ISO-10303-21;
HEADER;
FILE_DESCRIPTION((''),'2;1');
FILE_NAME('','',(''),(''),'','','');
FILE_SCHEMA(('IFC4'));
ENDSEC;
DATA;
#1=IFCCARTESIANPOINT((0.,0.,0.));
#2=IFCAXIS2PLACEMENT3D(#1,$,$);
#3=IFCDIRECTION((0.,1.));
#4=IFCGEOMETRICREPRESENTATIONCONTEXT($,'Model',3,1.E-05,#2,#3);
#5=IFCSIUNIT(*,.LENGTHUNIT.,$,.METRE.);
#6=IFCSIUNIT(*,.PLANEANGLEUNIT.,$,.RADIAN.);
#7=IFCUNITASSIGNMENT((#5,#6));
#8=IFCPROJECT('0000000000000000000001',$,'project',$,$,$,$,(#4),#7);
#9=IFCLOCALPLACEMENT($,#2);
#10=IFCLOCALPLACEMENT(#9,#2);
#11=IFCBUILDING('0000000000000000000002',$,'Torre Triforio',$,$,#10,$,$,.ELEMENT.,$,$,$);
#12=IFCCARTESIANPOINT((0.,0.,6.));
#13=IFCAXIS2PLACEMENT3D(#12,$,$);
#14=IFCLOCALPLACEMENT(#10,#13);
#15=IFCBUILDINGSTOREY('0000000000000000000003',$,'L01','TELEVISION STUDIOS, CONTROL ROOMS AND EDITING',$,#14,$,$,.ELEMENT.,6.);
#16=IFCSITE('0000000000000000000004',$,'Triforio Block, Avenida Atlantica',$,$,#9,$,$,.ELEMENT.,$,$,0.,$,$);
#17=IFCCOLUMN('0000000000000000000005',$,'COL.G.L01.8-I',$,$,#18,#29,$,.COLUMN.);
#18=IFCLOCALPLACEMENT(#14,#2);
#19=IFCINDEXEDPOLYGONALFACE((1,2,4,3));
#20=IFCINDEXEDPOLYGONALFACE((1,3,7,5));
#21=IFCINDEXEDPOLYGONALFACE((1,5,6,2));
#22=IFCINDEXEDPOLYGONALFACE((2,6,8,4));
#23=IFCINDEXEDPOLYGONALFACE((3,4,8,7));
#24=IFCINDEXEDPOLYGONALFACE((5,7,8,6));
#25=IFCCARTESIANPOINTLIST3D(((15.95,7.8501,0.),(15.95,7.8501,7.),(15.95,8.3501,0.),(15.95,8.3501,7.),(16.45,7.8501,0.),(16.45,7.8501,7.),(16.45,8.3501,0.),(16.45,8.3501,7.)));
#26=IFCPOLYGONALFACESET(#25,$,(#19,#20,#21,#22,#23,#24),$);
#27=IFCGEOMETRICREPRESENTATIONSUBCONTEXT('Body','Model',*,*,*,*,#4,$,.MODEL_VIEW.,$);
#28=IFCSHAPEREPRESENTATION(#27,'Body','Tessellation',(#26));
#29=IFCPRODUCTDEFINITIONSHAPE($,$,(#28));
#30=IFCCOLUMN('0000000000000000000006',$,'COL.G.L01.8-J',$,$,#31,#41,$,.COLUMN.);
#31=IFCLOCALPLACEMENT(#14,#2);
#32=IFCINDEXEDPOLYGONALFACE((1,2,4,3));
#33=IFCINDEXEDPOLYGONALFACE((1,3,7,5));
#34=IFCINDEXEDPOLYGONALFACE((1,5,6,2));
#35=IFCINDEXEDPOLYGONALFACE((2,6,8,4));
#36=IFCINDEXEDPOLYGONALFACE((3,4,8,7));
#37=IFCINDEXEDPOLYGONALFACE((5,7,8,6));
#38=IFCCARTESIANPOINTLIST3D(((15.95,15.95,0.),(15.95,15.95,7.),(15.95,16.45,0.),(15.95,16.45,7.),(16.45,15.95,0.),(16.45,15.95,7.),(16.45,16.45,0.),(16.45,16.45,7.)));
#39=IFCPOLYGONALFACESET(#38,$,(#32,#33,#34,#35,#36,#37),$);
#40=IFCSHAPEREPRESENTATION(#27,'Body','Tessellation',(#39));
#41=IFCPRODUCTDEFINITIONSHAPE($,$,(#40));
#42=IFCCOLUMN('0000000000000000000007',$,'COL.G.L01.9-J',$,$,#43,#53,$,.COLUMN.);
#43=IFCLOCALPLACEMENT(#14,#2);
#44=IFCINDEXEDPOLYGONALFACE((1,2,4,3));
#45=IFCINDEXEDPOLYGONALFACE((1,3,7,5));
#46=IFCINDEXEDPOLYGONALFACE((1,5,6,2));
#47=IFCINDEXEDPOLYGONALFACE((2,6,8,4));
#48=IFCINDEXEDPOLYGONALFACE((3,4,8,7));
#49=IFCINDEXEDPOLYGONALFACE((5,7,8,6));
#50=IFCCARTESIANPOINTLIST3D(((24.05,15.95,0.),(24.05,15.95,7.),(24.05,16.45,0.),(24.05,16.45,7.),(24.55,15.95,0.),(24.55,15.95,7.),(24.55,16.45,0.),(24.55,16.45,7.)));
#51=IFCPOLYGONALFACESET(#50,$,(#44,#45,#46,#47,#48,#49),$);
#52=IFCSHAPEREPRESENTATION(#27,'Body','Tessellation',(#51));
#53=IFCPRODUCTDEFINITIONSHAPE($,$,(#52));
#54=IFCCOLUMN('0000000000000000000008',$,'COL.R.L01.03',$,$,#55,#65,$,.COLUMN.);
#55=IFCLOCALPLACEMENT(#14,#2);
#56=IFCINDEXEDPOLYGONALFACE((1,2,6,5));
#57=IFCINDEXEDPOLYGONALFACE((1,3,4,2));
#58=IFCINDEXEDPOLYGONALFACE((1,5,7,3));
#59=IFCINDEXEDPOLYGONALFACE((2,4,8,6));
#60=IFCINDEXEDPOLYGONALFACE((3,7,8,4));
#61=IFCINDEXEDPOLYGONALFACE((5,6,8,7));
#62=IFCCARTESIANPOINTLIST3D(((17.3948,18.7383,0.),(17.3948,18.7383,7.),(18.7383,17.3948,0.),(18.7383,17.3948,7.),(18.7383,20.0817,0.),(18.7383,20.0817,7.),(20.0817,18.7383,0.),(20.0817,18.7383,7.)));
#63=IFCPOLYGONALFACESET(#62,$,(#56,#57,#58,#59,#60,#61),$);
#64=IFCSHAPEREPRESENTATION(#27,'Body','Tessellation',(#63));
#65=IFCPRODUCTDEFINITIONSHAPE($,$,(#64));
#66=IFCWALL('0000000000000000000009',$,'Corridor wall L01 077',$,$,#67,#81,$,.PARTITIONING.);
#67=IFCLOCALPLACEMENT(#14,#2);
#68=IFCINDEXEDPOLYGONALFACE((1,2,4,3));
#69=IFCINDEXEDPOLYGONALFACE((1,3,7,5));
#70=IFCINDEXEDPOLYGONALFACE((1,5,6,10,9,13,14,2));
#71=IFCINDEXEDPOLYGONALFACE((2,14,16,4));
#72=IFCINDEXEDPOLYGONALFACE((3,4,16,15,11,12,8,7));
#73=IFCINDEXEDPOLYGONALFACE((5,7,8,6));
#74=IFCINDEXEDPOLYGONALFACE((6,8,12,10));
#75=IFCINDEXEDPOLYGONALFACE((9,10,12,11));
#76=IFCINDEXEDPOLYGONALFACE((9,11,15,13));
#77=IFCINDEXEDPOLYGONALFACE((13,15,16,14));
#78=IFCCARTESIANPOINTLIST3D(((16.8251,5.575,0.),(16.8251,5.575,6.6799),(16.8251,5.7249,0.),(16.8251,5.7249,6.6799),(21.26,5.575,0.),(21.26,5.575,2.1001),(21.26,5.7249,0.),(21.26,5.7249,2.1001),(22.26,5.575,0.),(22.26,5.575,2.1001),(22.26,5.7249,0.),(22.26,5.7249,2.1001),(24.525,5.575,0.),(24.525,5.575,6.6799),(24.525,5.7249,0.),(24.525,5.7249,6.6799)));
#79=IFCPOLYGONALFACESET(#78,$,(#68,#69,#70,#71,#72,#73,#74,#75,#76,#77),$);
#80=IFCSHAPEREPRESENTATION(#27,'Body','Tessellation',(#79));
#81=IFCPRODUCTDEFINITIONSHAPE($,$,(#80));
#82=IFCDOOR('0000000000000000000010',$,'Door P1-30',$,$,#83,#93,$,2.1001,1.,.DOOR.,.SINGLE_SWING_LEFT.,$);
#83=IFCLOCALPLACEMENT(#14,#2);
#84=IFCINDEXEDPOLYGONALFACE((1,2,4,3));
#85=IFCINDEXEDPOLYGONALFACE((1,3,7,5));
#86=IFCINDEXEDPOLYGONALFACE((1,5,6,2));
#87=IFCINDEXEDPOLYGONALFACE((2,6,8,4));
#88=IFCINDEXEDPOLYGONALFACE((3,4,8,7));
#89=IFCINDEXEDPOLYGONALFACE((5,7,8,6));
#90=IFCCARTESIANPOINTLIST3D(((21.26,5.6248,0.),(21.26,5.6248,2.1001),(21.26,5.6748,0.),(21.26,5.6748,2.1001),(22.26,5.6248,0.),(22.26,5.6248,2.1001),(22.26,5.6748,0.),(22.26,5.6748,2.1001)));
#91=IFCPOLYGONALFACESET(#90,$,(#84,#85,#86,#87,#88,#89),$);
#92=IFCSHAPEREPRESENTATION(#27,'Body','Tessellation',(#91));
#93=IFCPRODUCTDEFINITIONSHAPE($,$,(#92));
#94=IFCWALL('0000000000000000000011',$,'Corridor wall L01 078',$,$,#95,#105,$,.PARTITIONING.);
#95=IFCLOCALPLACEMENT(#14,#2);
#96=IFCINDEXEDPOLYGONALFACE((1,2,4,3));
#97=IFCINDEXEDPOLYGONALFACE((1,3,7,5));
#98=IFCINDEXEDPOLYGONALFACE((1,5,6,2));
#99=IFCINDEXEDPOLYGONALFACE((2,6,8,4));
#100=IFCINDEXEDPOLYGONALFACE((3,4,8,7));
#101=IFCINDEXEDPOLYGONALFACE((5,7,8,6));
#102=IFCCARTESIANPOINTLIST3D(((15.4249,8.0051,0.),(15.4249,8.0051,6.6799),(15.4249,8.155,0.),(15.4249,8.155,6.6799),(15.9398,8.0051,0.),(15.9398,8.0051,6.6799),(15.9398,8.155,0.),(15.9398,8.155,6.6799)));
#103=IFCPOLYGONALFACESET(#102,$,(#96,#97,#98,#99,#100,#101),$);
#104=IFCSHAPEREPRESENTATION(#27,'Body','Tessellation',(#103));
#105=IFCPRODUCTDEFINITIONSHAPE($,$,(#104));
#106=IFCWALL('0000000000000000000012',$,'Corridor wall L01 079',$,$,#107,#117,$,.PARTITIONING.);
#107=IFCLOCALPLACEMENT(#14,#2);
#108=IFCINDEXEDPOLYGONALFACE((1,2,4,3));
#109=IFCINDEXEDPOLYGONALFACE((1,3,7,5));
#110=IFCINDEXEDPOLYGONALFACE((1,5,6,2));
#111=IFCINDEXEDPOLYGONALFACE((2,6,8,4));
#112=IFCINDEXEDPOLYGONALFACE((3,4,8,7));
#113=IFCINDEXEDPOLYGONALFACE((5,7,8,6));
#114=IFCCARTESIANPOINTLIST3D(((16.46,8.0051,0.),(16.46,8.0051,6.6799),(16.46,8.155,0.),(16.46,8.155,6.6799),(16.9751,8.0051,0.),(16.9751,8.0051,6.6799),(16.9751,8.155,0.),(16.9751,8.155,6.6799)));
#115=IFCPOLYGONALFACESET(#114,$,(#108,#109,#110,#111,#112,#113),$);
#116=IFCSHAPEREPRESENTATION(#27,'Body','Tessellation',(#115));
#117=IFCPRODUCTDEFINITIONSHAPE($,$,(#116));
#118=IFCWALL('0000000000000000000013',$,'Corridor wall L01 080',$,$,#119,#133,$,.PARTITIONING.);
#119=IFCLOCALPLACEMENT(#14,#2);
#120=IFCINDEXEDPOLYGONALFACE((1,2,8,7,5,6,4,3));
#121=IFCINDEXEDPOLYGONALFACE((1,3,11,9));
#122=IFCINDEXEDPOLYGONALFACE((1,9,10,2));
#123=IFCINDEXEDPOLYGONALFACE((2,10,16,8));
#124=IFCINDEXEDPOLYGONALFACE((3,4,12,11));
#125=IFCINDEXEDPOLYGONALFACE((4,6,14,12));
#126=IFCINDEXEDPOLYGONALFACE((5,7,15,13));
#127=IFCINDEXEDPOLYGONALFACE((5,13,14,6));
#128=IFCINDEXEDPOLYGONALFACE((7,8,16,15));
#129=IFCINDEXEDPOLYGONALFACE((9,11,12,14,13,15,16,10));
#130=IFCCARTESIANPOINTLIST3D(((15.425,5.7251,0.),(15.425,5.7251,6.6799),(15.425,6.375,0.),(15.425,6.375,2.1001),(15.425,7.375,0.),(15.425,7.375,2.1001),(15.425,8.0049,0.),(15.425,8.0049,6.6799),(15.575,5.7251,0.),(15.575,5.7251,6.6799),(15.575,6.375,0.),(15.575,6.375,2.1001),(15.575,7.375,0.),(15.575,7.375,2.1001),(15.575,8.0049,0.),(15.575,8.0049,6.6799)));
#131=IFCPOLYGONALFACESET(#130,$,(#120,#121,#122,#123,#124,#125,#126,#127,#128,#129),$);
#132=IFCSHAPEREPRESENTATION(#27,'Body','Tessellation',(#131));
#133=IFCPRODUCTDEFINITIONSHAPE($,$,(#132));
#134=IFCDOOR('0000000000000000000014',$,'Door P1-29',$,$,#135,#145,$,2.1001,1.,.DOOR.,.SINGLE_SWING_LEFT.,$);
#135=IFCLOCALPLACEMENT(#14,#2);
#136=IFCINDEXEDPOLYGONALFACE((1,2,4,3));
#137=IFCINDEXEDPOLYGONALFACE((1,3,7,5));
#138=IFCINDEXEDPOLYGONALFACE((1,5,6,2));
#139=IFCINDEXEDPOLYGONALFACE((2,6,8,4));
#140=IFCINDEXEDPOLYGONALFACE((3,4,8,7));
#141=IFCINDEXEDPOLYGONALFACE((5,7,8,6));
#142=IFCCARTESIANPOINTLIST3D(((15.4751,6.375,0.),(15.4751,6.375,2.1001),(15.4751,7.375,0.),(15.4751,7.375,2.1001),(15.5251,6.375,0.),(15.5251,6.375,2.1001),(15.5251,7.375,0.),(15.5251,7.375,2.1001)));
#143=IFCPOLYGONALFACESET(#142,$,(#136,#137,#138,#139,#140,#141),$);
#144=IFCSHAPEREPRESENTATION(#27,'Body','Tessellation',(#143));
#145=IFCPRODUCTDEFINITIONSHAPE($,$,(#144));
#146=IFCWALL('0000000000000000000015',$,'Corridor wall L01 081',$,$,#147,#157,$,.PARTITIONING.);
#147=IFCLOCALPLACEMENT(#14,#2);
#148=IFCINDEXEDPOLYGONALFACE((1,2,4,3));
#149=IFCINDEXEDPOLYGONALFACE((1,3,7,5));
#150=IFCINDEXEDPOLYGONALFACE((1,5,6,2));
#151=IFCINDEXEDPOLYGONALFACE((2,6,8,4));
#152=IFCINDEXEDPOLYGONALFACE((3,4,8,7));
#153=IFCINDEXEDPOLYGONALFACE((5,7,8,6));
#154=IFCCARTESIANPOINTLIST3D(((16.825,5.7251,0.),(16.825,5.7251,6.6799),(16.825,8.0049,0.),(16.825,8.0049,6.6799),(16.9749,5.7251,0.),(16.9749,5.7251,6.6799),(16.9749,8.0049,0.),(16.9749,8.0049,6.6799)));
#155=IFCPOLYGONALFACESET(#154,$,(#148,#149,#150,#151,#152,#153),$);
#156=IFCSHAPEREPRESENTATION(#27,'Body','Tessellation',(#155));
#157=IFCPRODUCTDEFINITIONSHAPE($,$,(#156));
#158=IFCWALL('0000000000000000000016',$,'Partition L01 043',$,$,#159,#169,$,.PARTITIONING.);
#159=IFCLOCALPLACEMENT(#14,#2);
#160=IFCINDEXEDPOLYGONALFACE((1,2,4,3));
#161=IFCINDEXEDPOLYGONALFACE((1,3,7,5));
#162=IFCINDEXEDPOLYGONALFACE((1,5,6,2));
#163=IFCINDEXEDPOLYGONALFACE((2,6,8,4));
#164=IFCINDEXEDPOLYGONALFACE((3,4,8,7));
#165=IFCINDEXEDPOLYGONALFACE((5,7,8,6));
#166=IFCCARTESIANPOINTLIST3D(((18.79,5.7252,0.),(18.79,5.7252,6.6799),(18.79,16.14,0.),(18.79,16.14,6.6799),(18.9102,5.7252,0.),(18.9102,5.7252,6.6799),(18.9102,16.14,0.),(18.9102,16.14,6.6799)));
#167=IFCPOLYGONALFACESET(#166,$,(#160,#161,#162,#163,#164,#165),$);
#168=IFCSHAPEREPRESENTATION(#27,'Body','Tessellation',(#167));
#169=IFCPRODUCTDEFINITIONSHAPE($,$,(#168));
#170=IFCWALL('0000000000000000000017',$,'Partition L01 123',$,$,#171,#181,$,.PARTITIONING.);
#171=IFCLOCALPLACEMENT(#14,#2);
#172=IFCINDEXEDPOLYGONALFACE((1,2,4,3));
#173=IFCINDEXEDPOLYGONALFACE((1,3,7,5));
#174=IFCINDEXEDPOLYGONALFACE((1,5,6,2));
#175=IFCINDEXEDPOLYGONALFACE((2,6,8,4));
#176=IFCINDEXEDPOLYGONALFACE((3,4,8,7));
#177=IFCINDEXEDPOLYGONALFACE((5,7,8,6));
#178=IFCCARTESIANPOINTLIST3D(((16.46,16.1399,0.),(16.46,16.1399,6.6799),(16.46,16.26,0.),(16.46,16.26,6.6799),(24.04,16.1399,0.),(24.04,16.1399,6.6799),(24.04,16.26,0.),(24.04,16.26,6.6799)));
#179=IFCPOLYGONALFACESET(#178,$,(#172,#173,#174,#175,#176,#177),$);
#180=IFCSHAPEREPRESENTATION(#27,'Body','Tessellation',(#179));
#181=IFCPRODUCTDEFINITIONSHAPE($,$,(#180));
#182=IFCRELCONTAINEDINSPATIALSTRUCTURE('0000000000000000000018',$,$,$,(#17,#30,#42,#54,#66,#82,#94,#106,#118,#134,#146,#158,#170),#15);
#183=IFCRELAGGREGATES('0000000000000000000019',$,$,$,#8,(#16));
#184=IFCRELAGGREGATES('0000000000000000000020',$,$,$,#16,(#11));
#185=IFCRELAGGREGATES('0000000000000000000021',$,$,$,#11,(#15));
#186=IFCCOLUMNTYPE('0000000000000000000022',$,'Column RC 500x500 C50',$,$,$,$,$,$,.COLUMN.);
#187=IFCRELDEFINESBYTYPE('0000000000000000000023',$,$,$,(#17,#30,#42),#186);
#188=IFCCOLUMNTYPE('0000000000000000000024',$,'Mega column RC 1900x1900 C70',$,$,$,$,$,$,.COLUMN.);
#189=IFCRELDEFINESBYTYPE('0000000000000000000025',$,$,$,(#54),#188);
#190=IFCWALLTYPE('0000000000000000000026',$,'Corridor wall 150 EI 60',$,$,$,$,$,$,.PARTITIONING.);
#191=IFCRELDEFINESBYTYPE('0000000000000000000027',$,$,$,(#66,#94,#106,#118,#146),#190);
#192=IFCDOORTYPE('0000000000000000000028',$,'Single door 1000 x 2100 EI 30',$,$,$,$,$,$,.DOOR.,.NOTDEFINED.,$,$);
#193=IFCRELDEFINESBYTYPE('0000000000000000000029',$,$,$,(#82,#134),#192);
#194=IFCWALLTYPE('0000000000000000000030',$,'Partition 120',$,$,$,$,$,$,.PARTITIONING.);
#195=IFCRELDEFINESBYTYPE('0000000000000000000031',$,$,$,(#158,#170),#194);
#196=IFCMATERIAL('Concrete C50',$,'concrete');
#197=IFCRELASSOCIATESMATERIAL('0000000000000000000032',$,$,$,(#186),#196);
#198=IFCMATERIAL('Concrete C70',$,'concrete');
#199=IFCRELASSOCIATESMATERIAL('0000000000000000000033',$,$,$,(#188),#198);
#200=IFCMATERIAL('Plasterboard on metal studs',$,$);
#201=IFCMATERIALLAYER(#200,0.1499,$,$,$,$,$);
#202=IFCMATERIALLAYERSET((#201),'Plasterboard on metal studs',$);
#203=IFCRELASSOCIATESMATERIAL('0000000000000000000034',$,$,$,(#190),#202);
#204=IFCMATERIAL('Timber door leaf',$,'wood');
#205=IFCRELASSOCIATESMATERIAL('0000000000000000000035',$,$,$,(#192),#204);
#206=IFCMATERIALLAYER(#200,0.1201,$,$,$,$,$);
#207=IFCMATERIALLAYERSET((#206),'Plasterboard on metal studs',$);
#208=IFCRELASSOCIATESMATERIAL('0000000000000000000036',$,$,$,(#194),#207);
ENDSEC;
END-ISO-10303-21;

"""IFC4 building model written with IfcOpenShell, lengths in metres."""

from ifc_helpers import new_model, si_unit, direction, frame, frame_2d, origin, origin_2d, place, context, subcontext, project, spatial, rectangle, extrude, material, layer, layer_set, material_profile, profile_set, type_object, element, fill, save


model = new_model("IFC4")

# Units and contexts
model_context = context("Model", 3, precision=1e-05, world=origin(), true_north=direction((0.0, 1.0)))
body_context = subcontext(model_context, "Body", "Model", "MODEL_VIEW")
ifc_project = project(units=[si_unit("LENGTHUNIT", "METRE"), si_unit("PLANEANGLEUNIT", "RADIAN")], contexts=[model_context])

# Site, building, storey
site_placement = place(None, origin())
site = spatial("IfcSite", under=ifc_project, at=site_placement, Name="Triforio Block, Avenida Atlantica", CompositionType="ELEMENT", RefElevation=0.0)
building_placement = place(site_placement, origin())
building = spatial("IfcBuilding", under=site, at=building_placement, Name="Torre Triforio", CompositionType="ELEMENT")
storey_placement = place(building_placement, frame((0.0, 0.0, 6.0)))
storey = spatial("IfcBuildingStorey", under=building, at=storey_placement, Name="L01", Description="TELEVISION STUDIOS, CONTROL ROOMS AND EDITING", CompositionType="ELEMENT", Elevation=6.0)

# Columns
ifc_material_1 = material(Name="Concrete C50", Category="concrete")
ifc_material_profile_1 = material_profile(ifc_material_1, rectangle(XDim=0.5, YDim=0.5, at=origin_2d()), Name="RC 500x500")
ifc_profile_set_1 = profile_set([ifc_material_profile_1], Name="Concrete C50")
column_type_1 = type_object("IfcColumnType", Name="Column RC 500x500 C50", PredefinedType="COLUMN", material=ifc_profile_set_1)
for number, where, z_axis, x_axis, name in (
    (1, (16.2, 8.1001, 0.0), (0.0, 0.0, 1.0), (1.0, 0.0, 0.0), "COL.G.L01.8-I"),
    (2, (16.2, 16.2, 0.0), (0.0, 0.0, 1.0), (1.0, 0.0, 0.0), "COL.G.L01.8-J"),
    (3, (24.3, 16.2, 0.0), (0.0, 0.0, 1.0), (1.0, 0.0, 0.0), "COL.G.L01.9-J"),
):
    element("IfcColumn", number, at=place(storey_placement, frame(where, z_axis=z_axis, x_axis=x_axis)), inside=storey, type_object=column_type_1, Name=name, PredefinedType="COLUMN", context=body_context, shape_type="SweptSolid", body=[
        extrude(rectangle(XDim=0.5, YDim=0.5, at=origin_2d()), origin(), (0.0, 0.0, 1.0), 7.0),
    ])
ifc_material_2 = material(Name="Concrete C70", Category="concrete")
ifc_material_profile_2 = material_profile(ifc_material_2, rectangle(XDim=1.8999, YDim=1.8999, at=origin_2d()), Name="RC 1900x1900")
ifc_profile_set_2 = profile_set([ifc_material_profile_2], Name="Concrete C70")
column_type_2 = type_object("IfcColumnType", Name="Mega column RC 1900x1900 C70", PredefinedType="COLUMN", material=ifc_profile_set_2)
column_placement = place(storey_placement, frame((18.7383, 18.7383, 0.0), z_axis=(0.0, 0.0, 1.0), x_axis=(-0.707107, 0.707107, 0.0)))
element("IfcColumn", 4, at=column_placement, inside=storey, type_object=column_type_2, Name="COL.R.L01.03", PredefinedType="COLUMN", context=body_context, shape_type="SweptSolid", body=[
    extrude(rectangle(XDim=1.8999, YDim=1.8999, at=origin_2d()), origin(), (0.0, 0.0, 1.0), 7.0),
])

# Wall, opening, door
ifc_material_3 = material(Name="Plasterboard on metal studs")
ifc_layer_1 = layer(ifc_material_3, 0.1499)
ifc_layer_set_1 = layer_set([ifc_layer_1], Name="Plasterboard on metal studs")
wall_type_1 = type_object("IfcWallType", Name="Corridor wall 150 EI 60", PredefinedType="PARTITIONING", material=ifc_layer_set_1)
wall_1_placement = place(storey_placement, frame((16.825, 5.6499, 0.0), z_axis=(0.0, 0.0, 1.0), x_axis=(1.0, 0.0, 0.0)))
wall_1 = element("IfcWall", 5, at=wall_1_placement, inside=storey, type_object=wall_type_1, Name="Corridor wall L01 077", PredefinedType="PARTITIONING", context=body_context, shape_type="SweptSolid", body=[
    extrude(rectangle(XDim=7.7, YDim=0.1499, at=frame_2d((3.8501, 0.0))), origin(), (0.0, 0.0, 1.0), 6.6799),
])
opening_1_placement = place(wall_1_placement, frame((4.4351, 0.0, 0.0)))
opening_1 = element("IfcOpeningElement", 6, at=opening_1_placement, cuts=wall_1, PredefinedType="OPENING", context=body_context, shape_type="SweptSolid", body=[
    extrude(rectangle(XDim=1.0, YDim=2.1001, at=frame_2d((0.5, 1.05))), frame((0.0, 0.085, 0.0), z_axis=(0.0, -1.0, 0.0), x_axis=(1.0, 0.0, 0.0)), (0.0, 0.0, 1.0), 0.1699),
])
ifc_material_4 = material(Name="Timber door leaf", Category="wood")
door_type = type_object("IfcDoorType", Name="Single door 1000 x 2100 EI 30", OperationType="NOTDEFINED", PredefinedType="DOOR", material=ifc_material_4)
door_1_placement = place(opening_1_placement, origin())
door_1 = element("IfcDoor", 7, at=door_1_placement, inside=storey, type_object=door_type, Name="Door P1-30", OperationType="SINGLE_SWING_LEFT", OverallHeight=2.1001, OverallWidth=1.0, PredefinedType="DOOR", context=body_context, shape_type="SweptSolid", body=[
    extrude(rectangle(XDim=1.0, YDim=2.1001, at=frame_2d((0.5, 1.05))), frame((0.0, 0.0249, 0.0), z_axis=(0.0, -1.0, 0.0), x_axis=(1.0, 0.0, 0.0)), (0.0, 0.0, 1.0), 0.05),
])
fill(opening_1, door_1)

# Walls
wall_2_placement = place(storey_placement, frame((15.425, 8.0801, 0.0), z_axis=(0.0, 0.0, 1.0), x_axis=(1.0, 0.0, 0.0)))
element("IfcWall", 8, at=wall_2_placement, inside=storey, type_object=wall_type_1, Name="Corridor wall L01 078", PredefinedType="PARTITIONING", context=body_context, shape_type="SweptSolid", body=[
    extrude(rectangle(XDim=0.5149, YDim=0.1499, at=frame_2d((0.2573, 0.0))), origin(), (0.0, 0.0, 1.0), 6.6799),
])
wall_3_placement = place(storey_placement, frame((16.46, 8.0801, 0.0), z_axis=(0.0, 0.0, 1.0), x_axis=(1.0, 0.0, 0.0)))
element("IfcWall", 9, at=wall_3_placement, inside=storey, type_object=wall_type_1, Name="Corridor wall L01 079", PredefinedType="PARTITIONING", context=body_context, shape_type="SweptSolid", body=[
    extrude(rectangle(XDim=0.5151, YDim=0.1499, at=frame_2d((0.2576, 0.0))), origin(), (0.0, 0.0, 1.0), 6.6799),
])

# Wall, opening, door
wall_4_placement = place(storey_placement, frame((15.5, 5.7251, 0.0), z_axis=(0.0, 0.0, 1.0), x_axis=(0.0, 1.0, 0.0)))
wall_4 = element("IfcWall", 10, at=wall_4_placement, inside=storey, type_object=wall_type_1, Name="Corridor wall L01 080", PredefinedType="PARTITIONING", context=body_context, shape_type="SweptSolid", body=[
    extrude(rectangle(XDim=2.2798, YDim=0.1499, at=frame_2d((1.1399, 0.0))), origin(), (0.0, 0.0, 1.0), 6.6799),
])
opening_2_placement = place(wall_4_placement, frame((0.6499, 0.0, 0.0)))
opening_2 = element("IfcOpeningElement", 11, at=opening_2_placement, cuts=wall_4, PredefinedType="OPENING", context=body_context, shape_type="SweptSolid", body=[
    extrude(rectangle(XDim=1.0, YDim=2.1001, at=frame_2d((0.5, 1.05))), frame((0.0, 0.085, 0.0), z_axis=(0.0, -1.0, 0.0), x_axis=(1.0, 0.0, 0.0)), (0.0, 0.0, 1.0), 0.1699),
])
door_2_placement = place(opening_2_placement, origin())
door_2 = element("IfcDoor", 12, at=door_2_placement, inside=storey, type_object=door_type, Name="Door P1-29", OperationType="SINGLE_SWING_LEFT", OverallHeight=2.1001, OverallWidth=1.0, PredefinedType="DOOR", context=body_context, shape_type="SweptSolid", body=[
    extrude(rectangle(XDim=1.0, YDim=2.1001, at=frame_2d((0.5, 1.05))), frame((0.0, 0.0249, 0.0), z_axis=(0.0, -1.0, 0.0), x_axis=(1.0, 0.0, 0.0)), (0.0, 0.0, 1.0), 0.05),
])
fill(opening_2, door_2)

# Walls
wall_5_placement = place(storey_placement, frame((16.8999, 5.7251, 0.0), z_axis=(0.0, 0.0, 1.0), x_axis=(0.0, 1.0, 0.0)))
element("IfcWall", 13, at=wall_5_placement, inside=storey, type_object=wall_type_1, Name="Corridor wall L01 081", PredefinedType="PARTITIONING", context=body_context, shape_type="SweptSolid", body=[
    extrude(rectangle(XDim=2.2798, YDim=0.1499, at=frame_2d((1.1399, 0.0))), origin(), (0.0, 0.0, 1.0), 6.6799),
])
ifc_layer_2 = layer(ifc_material_3, 0.1201)
ifc_layer_set_2 = layer_set([ifc_layer_2], Name="Plasterboard on metal studs")
wall_type_2 = type_object("IfcWallType", Name="Partition 120", PredefinedType="PARTITIONING", material=ifc_layer_set_2)
wall_6_placement = place(storey_placement, frame((18.8501, 5.7251, 0.0), z_axis=(0.0, 0.0, 1.0), x_axis=(0.0, 1.0, 0.0)))
element("IfcWall", 14, at=wall_6_placement, inside=storey, type_object=wall_type_2, Name="Partition L01 043", PredefinedType="PARTITIONING", context=body_context, shape_type="SweptSolid", body=[
    extrude(rectangle(XDim=10.4148, YDim=0.1201, at=frame_2d((5.2075, 0.0))), origin(), (0.0, 0.0, 1.0), 6.6799),
])
wall_7_placement = place(storey_placement, frame((16.46, 16.2, 0.0), z_axis=(0.0, 0.0, 1.0), x_axis=(1.0, 0.0, 0.0)))
element("IfcWall", 15, at=wall_7_placement, inside=storey, type_object=wall_type_2, Name="Partition L01 123", PredefinedType="PARTITIONING", context=body_context, shape_type="SweptSolid", body=[
    extrude(rectangle(XDim=7.5801, YDim=0.1201, at=frame_2d((3.79, 0.0))), origin(), (0.0, 0.0, 1.0), 6.6799),
])

save(model, "model.ifc")
